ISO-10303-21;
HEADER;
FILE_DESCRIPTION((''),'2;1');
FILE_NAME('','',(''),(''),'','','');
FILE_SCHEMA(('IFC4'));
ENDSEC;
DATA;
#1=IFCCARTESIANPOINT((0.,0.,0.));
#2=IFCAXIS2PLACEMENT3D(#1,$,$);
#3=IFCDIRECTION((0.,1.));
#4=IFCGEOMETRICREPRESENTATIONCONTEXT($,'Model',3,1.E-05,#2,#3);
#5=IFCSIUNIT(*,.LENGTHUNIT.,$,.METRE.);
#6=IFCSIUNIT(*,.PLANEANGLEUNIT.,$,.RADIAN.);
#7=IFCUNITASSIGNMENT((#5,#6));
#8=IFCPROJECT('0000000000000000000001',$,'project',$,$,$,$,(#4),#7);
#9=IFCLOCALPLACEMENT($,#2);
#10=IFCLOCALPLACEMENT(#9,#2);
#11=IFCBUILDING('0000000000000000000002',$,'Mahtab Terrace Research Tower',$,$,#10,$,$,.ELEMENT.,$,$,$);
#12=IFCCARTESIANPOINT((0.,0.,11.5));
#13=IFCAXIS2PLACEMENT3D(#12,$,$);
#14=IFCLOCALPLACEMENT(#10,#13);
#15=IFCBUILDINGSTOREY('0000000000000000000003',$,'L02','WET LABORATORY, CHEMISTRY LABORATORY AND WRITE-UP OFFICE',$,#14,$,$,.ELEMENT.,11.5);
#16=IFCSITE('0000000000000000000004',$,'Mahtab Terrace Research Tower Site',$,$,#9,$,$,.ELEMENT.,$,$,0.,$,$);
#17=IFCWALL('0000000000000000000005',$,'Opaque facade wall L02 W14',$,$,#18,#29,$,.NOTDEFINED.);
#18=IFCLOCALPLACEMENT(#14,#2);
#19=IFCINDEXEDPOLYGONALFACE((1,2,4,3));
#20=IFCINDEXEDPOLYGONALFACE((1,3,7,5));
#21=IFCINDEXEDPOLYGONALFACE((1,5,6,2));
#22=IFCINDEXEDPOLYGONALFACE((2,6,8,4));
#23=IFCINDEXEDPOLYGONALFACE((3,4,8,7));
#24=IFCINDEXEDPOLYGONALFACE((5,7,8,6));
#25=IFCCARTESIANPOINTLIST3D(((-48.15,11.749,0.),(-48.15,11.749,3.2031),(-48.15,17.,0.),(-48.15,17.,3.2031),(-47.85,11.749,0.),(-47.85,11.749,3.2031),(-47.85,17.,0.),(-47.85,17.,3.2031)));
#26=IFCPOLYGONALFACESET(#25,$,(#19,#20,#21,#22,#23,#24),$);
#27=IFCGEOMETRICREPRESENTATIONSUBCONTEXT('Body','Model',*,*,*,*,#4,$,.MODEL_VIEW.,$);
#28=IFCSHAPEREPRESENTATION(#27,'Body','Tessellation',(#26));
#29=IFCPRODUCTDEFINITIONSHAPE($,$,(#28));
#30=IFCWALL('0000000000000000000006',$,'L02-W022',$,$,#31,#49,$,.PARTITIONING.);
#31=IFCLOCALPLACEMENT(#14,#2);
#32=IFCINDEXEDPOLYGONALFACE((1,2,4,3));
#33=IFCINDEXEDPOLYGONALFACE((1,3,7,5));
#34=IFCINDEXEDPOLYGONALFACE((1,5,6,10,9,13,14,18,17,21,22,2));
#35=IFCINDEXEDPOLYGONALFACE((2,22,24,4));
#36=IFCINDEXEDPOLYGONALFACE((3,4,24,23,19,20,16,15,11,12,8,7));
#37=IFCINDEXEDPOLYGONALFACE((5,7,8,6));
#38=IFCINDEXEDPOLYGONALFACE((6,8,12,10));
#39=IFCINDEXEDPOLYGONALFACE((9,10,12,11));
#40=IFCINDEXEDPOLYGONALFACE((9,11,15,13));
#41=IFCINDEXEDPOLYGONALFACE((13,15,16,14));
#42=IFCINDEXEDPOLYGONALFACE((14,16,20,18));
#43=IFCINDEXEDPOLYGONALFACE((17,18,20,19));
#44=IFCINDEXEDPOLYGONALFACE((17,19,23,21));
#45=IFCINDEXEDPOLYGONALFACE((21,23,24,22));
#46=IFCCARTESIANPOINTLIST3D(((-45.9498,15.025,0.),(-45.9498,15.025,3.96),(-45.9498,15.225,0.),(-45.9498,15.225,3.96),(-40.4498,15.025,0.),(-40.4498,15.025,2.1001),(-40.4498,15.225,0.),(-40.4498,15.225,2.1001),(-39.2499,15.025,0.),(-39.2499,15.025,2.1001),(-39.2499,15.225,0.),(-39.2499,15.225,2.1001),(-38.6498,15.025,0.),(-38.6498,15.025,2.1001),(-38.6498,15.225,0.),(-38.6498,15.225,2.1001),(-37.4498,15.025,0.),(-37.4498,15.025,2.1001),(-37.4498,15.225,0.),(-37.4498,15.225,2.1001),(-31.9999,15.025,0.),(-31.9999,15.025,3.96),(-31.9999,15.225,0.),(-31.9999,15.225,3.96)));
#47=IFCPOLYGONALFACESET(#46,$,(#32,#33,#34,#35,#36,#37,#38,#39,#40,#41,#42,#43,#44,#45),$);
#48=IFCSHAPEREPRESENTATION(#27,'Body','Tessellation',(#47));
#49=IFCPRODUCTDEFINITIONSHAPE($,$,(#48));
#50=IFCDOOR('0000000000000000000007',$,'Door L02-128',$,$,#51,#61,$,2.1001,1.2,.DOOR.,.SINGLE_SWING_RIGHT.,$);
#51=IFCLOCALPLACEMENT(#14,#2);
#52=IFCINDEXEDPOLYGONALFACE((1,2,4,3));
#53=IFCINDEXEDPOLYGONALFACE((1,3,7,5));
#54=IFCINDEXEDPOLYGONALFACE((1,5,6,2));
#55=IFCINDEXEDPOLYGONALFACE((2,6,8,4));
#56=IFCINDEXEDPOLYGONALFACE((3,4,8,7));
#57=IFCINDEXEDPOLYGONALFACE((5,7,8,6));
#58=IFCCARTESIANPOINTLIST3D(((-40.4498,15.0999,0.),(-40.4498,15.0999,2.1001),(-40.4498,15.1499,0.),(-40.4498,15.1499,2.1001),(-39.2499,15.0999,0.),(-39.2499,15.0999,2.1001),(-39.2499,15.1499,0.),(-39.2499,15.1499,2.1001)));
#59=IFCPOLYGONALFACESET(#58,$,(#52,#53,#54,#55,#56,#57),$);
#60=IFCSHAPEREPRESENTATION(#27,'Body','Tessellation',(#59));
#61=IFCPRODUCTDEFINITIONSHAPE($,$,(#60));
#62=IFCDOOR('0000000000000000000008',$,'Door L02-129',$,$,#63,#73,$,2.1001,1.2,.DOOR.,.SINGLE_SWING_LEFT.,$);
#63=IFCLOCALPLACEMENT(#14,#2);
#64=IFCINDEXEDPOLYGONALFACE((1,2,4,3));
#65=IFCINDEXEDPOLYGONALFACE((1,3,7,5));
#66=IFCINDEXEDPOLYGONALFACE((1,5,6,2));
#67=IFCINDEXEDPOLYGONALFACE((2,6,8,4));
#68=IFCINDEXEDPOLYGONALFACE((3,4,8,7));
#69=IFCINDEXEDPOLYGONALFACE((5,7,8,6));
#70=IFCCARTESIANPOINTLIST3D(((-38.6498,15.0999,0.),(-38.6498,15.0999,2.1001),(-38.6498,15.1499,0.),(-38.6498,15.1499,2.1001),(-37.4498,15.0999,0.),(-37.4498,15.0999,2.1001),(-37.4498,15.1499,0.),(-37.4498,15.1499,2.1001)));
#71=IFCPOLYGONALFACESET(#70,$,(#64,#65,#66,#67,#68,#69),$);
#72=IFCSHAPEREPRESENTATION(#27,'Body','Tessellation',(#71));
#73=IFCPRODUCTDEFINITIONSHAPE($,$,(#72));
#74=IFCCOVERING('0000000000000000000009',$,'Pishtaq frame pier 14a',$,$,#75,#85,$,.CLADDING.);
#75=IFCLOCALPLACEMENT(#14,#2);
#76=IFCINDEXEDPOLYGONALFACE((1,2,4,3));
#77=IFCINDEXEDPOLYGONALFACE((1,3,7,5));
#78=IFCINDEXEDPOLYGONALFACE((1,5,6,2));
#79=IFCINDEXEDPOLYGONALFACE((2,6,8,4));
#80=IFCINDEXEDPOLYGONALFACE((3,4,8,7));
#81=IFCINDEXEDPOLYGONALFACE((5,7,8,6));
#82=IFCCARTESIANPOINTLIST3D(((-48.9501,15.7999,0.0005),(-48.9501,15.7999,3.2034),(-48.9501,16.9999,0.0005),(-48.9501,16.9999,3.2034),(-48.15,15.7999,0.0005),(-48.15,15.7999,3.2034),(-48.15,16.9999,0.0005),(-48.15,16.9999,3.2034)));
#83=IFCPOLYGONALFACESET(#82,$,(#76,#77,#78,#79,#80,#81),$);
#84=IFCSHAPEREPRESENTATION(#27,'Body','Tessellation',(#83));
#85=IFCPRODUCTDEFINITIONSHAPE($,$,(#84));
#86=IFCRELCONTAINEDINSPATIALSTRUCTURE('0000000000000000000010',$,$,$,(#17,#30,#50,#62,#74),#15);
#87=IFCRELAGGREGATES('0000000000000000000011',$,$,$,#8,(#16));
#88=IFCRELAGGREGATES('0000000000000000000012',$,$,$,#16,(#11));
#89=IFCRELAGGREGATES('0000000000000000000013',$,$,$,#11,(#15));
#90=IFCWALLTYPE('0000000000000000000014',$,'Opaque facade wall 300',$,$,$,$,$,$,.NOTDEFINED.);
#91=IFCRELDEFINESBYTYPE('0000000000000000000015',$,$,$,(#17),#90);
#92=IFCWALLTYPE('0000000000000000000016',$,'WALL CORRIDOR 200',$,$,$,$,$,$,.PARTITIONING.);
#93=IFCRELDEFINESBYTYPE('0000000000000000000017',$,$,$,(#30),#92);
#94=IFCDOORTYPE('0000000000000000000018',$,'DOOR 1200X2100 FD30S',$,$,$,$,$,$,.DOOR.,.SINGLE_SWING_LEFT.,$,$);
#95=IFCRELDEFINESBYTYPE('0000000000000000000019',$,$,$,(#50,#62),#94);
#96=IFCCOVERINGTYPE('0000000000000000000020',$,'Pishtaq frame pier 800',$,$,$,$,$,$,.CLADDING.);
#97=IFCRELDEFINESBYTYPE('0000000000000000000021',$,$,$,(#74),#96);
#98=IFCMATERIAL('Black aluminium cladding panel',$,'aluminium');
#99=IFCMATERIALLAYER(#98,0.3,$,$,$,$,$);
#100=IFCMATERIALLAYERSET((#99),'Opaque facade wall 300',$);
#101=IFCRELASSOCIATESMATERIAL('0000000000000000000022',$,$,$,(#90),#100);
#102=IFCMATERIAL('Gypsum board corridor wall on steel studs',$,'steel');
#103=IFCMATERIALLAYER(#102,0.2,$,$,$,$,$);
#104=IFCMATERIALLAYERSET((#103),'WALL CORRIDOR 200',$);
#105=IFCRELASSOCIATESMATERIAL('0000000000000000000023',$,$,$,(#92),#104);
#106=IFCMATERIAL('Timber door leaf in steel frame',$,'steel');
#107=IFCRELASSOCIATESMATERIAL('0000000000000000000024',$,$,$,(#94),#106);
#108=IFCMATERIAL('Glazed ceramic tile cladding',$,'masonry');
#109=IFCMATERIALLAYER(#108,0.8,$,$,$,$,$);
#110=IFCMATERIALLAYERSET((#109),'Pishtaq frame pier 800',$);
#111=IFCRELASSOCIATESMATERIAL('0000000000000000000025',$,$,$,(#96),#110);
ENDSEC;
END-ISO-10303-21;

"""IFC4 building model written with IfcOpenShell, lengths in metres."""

from ifc_helpers import new_model, si_unit, direction, frame, frame_2d, origin, origin_2d, place, context, subcontext, project, spatial, rectangle, extrude, material, layer, layer_set, type_object, element, fill, save


model = new_model("IFC4")

# Units and contexts
model_context = context("Model", 3, precision=1e-05, world=origin(), true_north=direction((0.0, 1.0)))
body_context = subcontext(model_context, "Body", "Model", "MODEL_VIEW")
ifc_project = project(units=[si_unit("LENGTHUNIT", "METRE"), si_unit("PLANEANGLEUNIT", "RADIAN")], contexts=[model_context])

# Site, building, storey
site_placement = place(None, origin())
site = spatial("IfcSite", under=ifc_project, at=site_placement, Name="Mahtab Terrace Research Tower Site", CompositionType="ELEMENT", RefElevation=0.0)
building_placement = place(site_placement, origin())
building = spatial("IfcBuilding", under=site, at=building_placement, Name="Mahtab Terrace Research Tower", CompositionType="ELEMENT")
storey_placement = place(building_placement, frame((0.0, 0.0, 11.5)))
storey = spatial("IfcBuildingStorey", under=building, at=storey_placement, Name="L02", Description="WET LABORATORY, CHEMISTRY LABORATORY AND WRITE-UP OFFICE", CompositionType="ELEMENT", Elevation=11.5)

# Wall
ifc_material_1 = material(Name="Black aluminium cladding panel", Category="aluminium")
ifc_layer_1 = layer(ifc_material_1, 0.3)
ifc_layer_set_1 = layer_set([ifc_layer_1], Name="Opaque facade wall 300")
wall_type_1 = type_object("IfcWallType", Name="Opaque facade wall 300", PredefinedType="NOTDEFINED", material=ifc_layer_set_1)
wall_1_placement = place(storey_placement, frame((-48.0, 17.0, 0.0), z_axis=(0.0, 0.0, 1.0), x_axis=(0.0, -1.0, 0.0)))
element("IfcWall", 1, at=wall_1_placement, inside=storey, type_object=wall_type_1, Name="Opaque facade wall L02 W14", PredefinedType="NOTDEFINED", context=body_context, shape_type="SweptSolid", body=[
    extrude(rectangle(XDim=5.251, YDim=0.3, at=frame_2d((2.6255, 0.0))), origin(), (0.0, 0.0, 1.0), 3.2031),
])

# Wall, openings, doors
ifc_material_2 = material(Name="Gypsum board corridor wall on steel studs", Category="steel")
ifc_layer_2 = layer(ifc_material_2, 0.2)
ifc_layer_set_2 = layer_set([ifc_layer_2], Name="WALL CORRIDOR 200")
wall_type_2 = type_object("IfcWallType", Name="WALL CORRIDOR 200", PredefinedType="PARTITIONING", material=ifc_layer_set_2)
wall_2_placement = place(storey_placement, frame((-45.95, 15.125, 0.0), z_axis=(0.0, 0.0, 1.0), x_axis=(1.0, 0.0, 0.0)))
wall_2 = element("IfcWall", 2, at=wall_2_placement, inside=storey, type_object=wall_type_2, Name="L02-W022", PredefinedType="PARTITIONING", context=body_context, shape_type="SweptSolid", body=[
    extrude(rectangle(XDim=13.95, YDim=0.2, at=frame_2d((6.9751, 0.0))), origin(), (0.0, 0.0, 1.0), 3.96),
])
opening_1_placement = place(wall_2_placement, frame((5.5, 0.0, 0.0)))
opening_1 = element("IfcOpeningElement", 3, at=opening_1_placement, cuts=wall_2, PredefinedType="OPENING", context=body_context, shape_type="SweptSolid", body=[
    extrude(rectangle(XDim=1.2, YDim=2.1001, at=frame_2d((0.6001, 1.05))), frame((0.0, 0.1099, 0.0), z_axis=(0.0, -1.0, 0.0), x_axis=(1.0, 0.0, 0.0)), (0.0, 0.0, 1.0), 0.22),
])
opening_2_placement = place(wall_2_placement, frame((7.3, 0.0, 0.0)))
opening_2 = element("IfcOpeningElement", 4, at=opening_2_placement, cuts=wall_2, PredefinedType="OPENING", context=body_context, shape_type="SweptSolid", body=[
    extrude(rectangle(XDim=1.2, YDim=2.1001, at=frame_2d((0.6001, 1.05))), frame((0.0, 0.1099, 0.0), z_axis=(0.0, -1.0, 0.0), x_axis=(1.0, 0.0, 0.0)), (0.0, 0.0, 1.0), 0.22),
])
ifc_material_3 = material(Name="Timber door leaf in steel frame", Category="steel")
door_type_1 = type_object("IfcDoorType", Name="DOOR 1200X2100 FD30S", OperationType="SINGLE_SWING_LEFT", PredefinedType="DOOR", material=ifc_material_3)
door_1_placement = place(opening_1_placement, origin())
door_1 = element("IfcDoor", 5, at=door_1_placement, inside=storey, type_object=door_type_1, Name="Door L02-128", OperationType="SINGLE_SWING_RIGHT", OverallHeight=2.1001, OverallWidth=1.2, PredefinedType="DOOR", context=body_context, shape_type="SweptSolid", body=[
    extrude(rectangle(XDim=1.2, YDim=2.1001, at=frame_2d((0.6001, 1.05))), frame((0.0, 0.0249, 0.0), z_axis=(0.0, -1.0, 0.0), x_axis=(1.0, 0.0, 0.0)), (0.0, 0.0, 1.0), 0.05),
])
fill(opening_1, door_1)
door_2_placement = place(opening_2_placement, origin())
door_2 = element("IfcDoor", 6, at=door_2_placement, inside=storey, type_object=door_type_1, Name="Door L02-129", OperationType="SINGLE_SWING_LEFT", OverallHeight=2.1001, OverallWidth=1.2, PredefinedType="DOOR", context=body_context, shape_type="SweptSolid", body=[
    extrude(rectangle(XDim=1.2, YDim=2.1001, at=frame_2d((0.6001, 1.05))), frame((0.0, 0.0249, 0.0), z_axis=(0.0, -1.0, 0.0), x_axis=(1.0, 0.0, 0.0)), (0.0, 0.0, 1.0), 0.05),
])
fill(opening_2, door_2)

# Covering
ifc_material_4 = material(Name="Glazed ceramic tile cladding", Category="masonry")
ifc_layer_3 = layer(ifc_material_4, 0.8)
ifc_layer_set_3 = layer_set([ifc_layer_3], Name="Pishtaq frame pier 800")
covering_type = type_object("IfcCoveringType", Name="Pishtaq frame pier 800", PredefinedType="CLADDING", material=ifc_layer_set_3)
covering_placement = place(storey_placement, frame((-48.55, 16.3999, 0.0005), z_axis=(0.0, 0.0, 1.0), x_axis=(0.0, -1.0, 0.0)))
element("IfcCovering", 7, at=covering_placement, inside=storey, type_object=covering_type, Name="Pishtaq frame pier 14a", PredefinedType="CLADDING", context=body_context, shape_type="SweptSolid", body=[
    extrude(rectangle(XDim=1.2, YDim=0.8, at=origin_2d()), origin(), (0.0, 0.0, 1.0), 3.2029),
])

save(model, "model.ifc")
